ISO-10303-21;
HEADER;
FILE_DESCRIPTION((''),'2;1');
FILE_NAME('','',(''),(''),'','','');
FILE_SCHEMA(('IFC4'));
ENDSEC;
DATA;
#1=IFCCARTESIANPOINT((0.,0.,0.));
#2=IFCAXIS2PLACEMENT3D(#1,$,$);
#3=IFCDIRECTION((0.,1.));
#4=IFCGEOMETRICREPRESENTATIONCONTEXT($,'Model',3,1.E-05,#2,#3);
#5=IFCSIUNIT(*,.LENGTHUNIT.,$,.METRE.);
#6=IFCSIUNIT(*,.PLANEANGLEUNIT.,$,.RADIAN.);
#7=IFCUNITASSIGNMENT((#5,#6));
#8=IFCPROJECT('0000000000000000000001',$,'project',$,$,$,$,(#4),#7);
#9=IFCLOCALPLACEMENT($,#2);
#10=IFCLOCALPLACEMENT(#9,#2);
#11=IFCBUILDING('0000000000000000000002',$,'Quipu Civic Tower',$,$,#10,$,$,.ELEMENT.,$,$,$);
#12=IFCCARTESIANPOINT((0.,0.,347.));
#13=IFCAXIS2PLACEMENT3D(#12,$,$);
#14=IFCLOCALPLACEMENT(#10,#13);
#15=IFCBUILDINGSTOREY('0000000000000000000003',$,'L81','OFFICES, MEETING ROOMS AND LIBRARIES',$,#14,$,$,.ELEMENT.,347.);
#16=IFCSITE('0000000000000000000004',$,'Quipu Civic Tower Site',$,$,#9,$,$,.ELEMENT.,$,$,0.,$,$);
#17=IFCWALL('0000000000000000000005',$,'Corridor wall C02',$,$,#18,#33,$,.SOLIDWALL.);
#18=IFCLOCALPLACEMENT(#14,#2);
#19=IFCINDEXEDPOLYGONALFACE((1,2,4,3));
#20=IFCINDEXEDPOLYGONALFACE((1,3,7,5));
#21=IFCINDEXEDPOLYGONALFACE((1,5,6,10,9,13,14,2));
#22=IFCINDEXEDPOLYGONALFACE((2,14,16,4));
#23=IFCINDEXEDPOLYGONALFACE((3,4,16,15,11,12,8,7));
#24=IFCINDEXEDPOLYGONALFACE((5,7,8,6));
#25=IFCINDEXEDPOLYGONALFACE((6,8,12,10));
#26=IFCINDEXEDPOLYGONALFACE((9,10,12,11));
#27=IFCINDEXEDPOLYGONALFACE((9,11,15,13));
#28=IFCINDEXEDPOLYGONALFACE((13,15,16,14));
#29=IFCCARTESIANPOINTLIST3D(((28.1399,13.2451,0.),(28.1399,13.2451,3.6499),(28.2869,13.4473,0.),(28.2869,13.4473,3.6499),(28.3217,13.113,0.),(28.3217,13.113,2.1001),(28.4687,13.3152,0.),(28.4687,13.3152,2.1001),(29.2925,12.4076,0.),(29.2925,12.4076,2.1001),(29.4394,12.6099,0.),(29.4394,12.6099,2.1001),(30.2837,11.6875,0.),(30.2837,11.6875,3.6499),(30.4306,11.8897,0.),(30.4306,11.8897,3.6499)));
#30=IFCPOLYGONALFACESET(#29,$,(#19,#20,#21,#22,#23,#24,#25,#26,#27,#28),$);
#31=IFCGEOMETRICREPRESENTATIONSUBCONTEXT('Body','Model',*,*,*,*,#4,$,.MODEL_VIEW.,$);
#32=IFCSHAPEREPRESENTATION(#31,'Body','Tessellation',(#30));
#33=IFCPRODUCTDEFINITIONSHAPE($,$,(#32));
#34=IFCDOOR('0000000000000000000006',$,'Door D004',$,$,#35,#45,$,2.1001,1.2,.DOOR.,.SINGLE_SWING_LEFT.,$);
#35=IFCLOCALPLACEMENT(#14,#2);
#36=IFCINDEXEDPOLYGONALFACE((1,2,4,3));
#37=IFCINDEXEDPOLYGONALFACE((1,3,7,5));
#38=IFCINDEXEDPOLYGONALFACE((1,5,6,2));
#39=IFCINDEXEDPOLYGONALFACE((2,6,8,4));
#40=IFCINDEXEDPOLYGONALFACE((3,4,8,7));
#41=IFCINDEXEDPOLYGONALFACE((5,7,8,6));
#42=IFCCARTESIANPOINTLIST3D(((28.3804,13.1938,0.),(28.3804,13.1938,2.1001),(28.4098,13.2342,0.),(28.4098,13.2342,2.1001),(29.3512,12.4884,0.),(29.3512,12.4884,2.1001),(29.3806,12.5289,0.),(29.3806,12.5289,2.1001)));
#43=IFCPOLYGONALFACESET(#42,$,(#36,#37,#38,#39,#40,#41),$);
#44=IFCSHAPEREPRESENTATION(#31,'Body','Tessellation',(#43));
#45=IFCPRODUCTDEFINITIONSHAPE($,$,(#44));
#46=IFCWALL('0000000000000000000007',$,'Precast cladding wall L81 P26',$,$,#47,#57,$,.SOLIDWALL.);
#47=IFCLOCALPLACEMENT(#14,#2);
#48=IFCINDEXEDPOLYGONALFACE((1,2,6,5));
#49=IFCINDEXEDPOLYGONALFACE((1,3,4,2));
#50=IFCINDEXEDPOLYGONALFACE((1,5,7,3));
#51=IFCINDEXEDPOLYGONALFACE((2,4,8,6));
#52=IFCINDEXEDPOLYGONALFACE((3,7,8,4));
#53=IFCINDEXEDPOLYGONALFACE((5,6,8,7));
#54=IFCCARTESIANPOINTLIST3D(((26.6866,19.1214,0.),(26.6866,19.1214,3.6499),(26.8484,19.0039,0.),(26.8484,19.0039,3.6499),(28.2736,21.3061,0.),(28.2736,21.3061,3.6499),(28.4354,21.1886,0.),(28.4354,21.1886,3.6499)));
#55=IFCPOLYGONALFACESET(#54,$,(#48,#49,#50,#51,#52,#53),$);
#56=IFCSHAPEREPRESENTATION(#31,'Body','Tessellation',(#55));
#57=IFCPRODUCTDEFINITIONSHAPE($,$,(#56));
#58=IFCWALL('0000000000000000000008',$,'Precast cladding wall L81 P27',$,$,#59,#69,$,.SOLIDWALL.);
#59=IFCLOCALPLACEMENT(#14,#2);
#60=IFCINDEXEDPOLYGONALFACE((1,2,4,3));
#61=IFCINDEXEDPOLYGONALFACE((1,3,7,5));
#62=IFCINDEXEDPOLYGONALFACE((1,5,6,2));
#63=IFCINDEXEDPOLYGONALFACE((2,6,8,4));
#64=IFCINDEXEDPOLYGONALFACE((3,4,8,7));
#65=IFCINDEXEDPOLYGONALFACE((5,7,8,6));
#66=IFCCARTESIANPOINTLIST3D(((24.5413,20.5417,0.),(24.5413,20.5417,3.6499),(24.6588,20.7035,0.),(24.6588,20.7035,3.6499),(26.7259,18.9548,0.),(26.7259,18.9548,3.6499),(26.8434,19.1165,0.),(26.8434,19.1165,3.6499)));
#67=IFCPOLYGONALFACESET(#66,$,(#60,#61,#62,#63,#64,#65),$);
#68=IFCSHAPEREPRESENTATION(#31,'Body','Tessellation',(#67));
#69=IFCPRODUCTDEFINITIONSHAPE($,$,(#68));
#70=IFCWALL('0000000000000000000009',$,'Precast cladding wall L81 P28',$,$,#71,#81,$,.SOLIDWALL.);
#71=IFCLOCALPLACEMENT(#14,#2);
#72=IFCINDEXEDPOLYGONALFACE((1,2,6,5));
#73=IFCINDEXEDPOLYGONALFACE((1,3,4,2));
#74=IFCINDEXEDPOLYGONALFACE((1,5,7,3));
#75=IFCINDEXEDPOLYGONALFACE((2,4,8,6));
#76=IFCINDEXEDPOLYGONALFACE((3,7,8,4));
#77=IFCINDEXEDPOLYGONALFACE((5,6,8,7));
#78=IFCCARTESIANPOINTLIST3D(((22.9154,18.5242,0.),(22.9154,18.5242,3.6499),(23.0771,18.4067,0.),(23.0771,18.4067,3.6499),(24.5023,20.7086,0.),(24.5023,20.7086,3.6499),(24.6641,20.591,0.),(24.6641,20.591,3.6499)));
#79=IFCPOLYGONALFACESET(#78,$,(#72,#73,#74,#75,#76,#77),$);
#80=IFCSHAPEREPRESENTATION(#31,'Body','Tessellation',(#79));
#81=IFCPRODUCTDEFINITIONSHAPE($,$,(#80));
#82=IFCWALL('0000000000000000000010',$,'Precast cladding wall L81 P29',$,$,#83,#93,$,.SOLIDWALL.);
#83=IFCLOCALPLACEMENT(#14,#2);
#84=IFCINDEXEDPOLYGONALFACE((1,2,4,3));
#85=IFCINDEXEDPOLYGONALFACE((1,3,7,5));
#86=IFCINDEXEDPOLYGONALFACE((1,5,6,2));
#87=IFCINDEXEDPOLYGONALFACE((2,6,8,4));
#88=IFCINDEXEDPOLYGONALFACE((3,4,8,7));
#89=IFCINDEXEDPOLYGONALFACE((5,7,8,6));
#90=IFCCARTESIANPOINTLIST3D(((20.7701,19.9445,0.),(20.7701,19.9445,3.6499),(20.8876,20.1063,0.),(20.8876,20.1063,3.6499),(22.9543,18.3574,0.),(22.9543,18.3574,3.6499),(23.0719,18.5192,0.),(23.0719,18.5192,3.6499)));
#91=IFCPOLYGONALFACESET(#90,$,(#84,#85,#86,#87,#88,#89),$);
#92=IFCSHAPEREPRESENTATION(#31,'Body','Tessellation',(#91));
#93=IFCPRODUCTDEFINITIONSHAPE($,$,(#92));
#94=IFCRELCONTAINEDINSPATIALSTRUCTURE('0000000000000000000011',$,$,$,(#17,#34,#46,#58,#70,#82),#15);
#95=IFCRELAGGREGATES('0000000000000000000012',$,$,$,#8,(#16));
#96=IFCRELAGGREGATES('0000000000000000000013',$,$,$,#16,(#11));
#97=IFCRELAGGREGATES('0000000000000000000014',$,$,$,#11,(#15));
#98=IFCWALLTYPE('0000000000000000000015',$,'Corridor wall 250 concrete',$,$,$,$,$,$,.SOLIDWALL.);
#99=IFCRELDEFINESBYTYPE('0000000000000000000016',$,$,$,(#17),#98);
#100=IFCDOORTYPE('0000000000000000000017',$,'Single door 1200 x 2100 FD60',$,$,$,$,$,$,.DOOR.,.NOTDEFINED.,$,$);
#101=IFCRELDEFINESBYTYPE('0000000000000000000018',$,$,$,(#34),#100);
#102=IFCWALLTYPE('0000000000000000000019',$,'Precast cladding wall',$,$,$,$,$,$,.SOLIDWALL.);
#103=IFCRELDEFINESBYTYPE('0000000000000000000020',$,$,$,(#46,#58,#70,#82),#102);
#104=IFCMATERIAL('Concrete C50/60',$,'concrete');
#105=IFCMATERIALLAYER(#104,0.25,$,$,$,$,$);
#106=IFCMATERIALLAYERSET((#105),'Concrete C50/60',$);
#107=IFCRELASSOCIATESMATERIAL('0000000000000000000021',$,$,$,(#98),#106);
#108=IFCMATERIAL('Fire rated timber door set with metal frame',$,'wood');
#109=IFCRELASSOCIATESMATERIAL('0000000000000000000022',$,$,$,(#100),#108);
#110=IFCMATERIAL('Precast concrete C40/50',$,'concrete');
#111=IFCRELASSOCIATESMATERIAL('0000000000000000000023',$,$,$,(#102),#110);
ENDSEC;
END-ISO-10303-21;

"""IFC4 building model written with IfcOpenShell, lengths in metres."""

from ifc_helpers import new_model, si_unit, direction, frame, frame_2d, origin, place, context, subcontext, project, spatial, rectangle, extrude, material, layer, layer_set, type_object, element, fill, save


model = new_model("IFC4")

# Units and contexts
model_context = context("Model", 3, precision=1e-05, world=origin(), true_north=direction((0.0, 1.0)))
body_context = subcontext(model_context, "Body", "Model", "MODEL_VIEW")
ifc_project = project(units=[si_unit("LENGTHUNIT", "METRE"), si_unit("PLANEANGLEUNIT", "RADIAN")], contexts=[model_context])

# Site, building, storey
site_placement = place(None, origin())
site = spatial("IfcSite", under=ifc_project, at=site_placement, Name="Quipu Civic Tower Site", CompositionType="ELEMENT", RefElevation=0.0)
building_placement = place(site_placement, origin())
building = spatial("IfcBuilding", under=site, at=building_placement, Name="Quipu Civic Tower", CompositionType="ELEMENT")
storey_placement = place(building_placement, frame((0.0, 0.0, 347.0)))
storey = spatial("IfcBuildingStorey", under=building, at=storey_placement, Name="L81", Description="OFFICES, MEETING ROOMS AND LIBRARIES", CompositionType="ELEMENT", Elevation=347.0)

# Wall, opening, door
ifc_material_1 = material(Name="Concrete C50/60", Category="concrete")
ifc_layer_1 = layer(ifc_material_1, 0.25)
ifc_layer_set_1 = layer_set([ifc_layer_1], Name="Concrete C50/60")
wall_type_1 = type_object("IfcWallType", Name="Corridor wall 250 concrete", PredefinedType="SOLIDWALL", material=ifc_layer_set_1)
wall_1_placement = place(storey_placement, frame((28.2134, 13.3462, 0.0), z_axis=(0.0, 0.0, 1.0), x_axis=(0.809007, -0.587799, 0.0)))
wall_1 = element("IfcWall", 1, at=wall_1_placement, inside=storey, type_object=wall_type_1, Name="Corridor wall C02", PredefinedType="SOLIDWALL", context=body_context, shape_type="SweptSolid", body=[
    extrude(rectangle(XDim=2.6499, YDim=0.25, at=frame_2d((1.325, 0.0))), origin(), (0.0, 0.0, 1.0), 3.6499),
])
opening_placement = place(wall_1_placement, frame((0.2246, 0.0, 0.0)))
opening = element("IfcOpeningElement", 2, at=opening_placement, cuts=wall_1, PredefinedType="OPENING", context=body_context, shape_type="SweptSolid", body=[
    extrude(rectangle(XDim=1.2, YDim=2.1001, at=frame_2d((0.6001, 1.05))), frame((0.0, 0.135, 0.0), z_axis=(0.0, -1.0, 0.0), x_axis=(1.0, 0.0, 0.0)), (0.0, 0.0, 1.0), 0.27),
])
ifc_material_2 = material(Name="Fire rated timber door set with metal frame", Category="wood")
door_type = type_object("IfcDoorType", Name="Single door 1200 x 2100 FD60", OperationType="NOTDEFINED", PredefinedType="DOOR", material=ifc_material_2)
door_placement = place(opening_placement, origin())
door = element("IfcDoor", 3, at=door_placement, inside=storey, type_object=door_type, Name="Door D004", OperationType="SINGLE_SWING_LEFT", OverallHeight=2.1001, OverallWidth=1.2, PredefinedType="DOOR", context=body_context, shape_type="SweptSolid", body=[
    extrude(rectangle(XDim=1.2, YDim=2.1001, at=frame_2d((0.6001, 1.05))), frame((0.0, 0.0249, 0.0), z_axis=(0.0, -1.0, 0.0), x_axis=(1.0, 0.0, 0.0)), (0.0, 0.0, 1.0), 0.05),
])
fill(opening, door)

# Walls
ifc_material_3 = material(Name="Precast concrete C40/50", Category="concrete")
wall_type_2 = type_object("IfcWallType", Name="Precast cladding wall", PredefinedType="SOLIDWALL", material=ifc_material_3)
for number, where, z_axis, x_axis, name in (
    (4, (28.3545, 21.2473, 0.0), (0.0, 0.0, 1.0), (-0.58772, -0.809064, 0.0), "Precast cladding wall L81 P26"),
    (5, (26.7847, 19.0356, 0.0), (0.0, 0.0, 1.0), (-0.809064, 0.58772, 0.0), "Precast cladding wall L81 P27"),
):
    element("IfcWall", number, at=place(storey_placement, frame(where, z_axis=z_axis, x_axis=x_axis)), inside=storey, type_object=wall_type_2, Name=name, PredefinedType="SOLIDWALL", context=body_context, shape_type="SweptSolid", body=[
        extrude(rectangle(XDim=2.7002, YDim=0.2, at=frame_2d((1.3501, 0.0))), origin(), (0.0, 0.0, 1.0), 3.6499),
    ])
for number, where, z_axis, x_axis, name in (
    (6, (24.5833, 20.6499, 0.0), (0.0, 0.0, 1.0), (-0.587763, -0.809033, 0.0), "Precast cladding wall L81 P28"),
    (7, (23.0132, 18.4382, 0.0), (0.0, 0.0, 1.0), (-0.80899, 0.587822, 0.0), "Precast cladding wall L81 P29"),
):
    element("IfcWall", number, at=place(storey_placement, frame(where, z_axis=z_axis, x_axis=x_axis)), inside=storey, type_object=wall_type_2, Name=name, PredefinedType="SOLIDWALL", context=body_context, shape_type="SweptSolid", body=[
        extrude(rectangle(XDim=2.7, YDim=0.2, at=frame_2d((1.3501, 0.0))), origin(), (0.0, 0.0, 1.0), 3.6499),
    ])

save(model, "model.ifc")
